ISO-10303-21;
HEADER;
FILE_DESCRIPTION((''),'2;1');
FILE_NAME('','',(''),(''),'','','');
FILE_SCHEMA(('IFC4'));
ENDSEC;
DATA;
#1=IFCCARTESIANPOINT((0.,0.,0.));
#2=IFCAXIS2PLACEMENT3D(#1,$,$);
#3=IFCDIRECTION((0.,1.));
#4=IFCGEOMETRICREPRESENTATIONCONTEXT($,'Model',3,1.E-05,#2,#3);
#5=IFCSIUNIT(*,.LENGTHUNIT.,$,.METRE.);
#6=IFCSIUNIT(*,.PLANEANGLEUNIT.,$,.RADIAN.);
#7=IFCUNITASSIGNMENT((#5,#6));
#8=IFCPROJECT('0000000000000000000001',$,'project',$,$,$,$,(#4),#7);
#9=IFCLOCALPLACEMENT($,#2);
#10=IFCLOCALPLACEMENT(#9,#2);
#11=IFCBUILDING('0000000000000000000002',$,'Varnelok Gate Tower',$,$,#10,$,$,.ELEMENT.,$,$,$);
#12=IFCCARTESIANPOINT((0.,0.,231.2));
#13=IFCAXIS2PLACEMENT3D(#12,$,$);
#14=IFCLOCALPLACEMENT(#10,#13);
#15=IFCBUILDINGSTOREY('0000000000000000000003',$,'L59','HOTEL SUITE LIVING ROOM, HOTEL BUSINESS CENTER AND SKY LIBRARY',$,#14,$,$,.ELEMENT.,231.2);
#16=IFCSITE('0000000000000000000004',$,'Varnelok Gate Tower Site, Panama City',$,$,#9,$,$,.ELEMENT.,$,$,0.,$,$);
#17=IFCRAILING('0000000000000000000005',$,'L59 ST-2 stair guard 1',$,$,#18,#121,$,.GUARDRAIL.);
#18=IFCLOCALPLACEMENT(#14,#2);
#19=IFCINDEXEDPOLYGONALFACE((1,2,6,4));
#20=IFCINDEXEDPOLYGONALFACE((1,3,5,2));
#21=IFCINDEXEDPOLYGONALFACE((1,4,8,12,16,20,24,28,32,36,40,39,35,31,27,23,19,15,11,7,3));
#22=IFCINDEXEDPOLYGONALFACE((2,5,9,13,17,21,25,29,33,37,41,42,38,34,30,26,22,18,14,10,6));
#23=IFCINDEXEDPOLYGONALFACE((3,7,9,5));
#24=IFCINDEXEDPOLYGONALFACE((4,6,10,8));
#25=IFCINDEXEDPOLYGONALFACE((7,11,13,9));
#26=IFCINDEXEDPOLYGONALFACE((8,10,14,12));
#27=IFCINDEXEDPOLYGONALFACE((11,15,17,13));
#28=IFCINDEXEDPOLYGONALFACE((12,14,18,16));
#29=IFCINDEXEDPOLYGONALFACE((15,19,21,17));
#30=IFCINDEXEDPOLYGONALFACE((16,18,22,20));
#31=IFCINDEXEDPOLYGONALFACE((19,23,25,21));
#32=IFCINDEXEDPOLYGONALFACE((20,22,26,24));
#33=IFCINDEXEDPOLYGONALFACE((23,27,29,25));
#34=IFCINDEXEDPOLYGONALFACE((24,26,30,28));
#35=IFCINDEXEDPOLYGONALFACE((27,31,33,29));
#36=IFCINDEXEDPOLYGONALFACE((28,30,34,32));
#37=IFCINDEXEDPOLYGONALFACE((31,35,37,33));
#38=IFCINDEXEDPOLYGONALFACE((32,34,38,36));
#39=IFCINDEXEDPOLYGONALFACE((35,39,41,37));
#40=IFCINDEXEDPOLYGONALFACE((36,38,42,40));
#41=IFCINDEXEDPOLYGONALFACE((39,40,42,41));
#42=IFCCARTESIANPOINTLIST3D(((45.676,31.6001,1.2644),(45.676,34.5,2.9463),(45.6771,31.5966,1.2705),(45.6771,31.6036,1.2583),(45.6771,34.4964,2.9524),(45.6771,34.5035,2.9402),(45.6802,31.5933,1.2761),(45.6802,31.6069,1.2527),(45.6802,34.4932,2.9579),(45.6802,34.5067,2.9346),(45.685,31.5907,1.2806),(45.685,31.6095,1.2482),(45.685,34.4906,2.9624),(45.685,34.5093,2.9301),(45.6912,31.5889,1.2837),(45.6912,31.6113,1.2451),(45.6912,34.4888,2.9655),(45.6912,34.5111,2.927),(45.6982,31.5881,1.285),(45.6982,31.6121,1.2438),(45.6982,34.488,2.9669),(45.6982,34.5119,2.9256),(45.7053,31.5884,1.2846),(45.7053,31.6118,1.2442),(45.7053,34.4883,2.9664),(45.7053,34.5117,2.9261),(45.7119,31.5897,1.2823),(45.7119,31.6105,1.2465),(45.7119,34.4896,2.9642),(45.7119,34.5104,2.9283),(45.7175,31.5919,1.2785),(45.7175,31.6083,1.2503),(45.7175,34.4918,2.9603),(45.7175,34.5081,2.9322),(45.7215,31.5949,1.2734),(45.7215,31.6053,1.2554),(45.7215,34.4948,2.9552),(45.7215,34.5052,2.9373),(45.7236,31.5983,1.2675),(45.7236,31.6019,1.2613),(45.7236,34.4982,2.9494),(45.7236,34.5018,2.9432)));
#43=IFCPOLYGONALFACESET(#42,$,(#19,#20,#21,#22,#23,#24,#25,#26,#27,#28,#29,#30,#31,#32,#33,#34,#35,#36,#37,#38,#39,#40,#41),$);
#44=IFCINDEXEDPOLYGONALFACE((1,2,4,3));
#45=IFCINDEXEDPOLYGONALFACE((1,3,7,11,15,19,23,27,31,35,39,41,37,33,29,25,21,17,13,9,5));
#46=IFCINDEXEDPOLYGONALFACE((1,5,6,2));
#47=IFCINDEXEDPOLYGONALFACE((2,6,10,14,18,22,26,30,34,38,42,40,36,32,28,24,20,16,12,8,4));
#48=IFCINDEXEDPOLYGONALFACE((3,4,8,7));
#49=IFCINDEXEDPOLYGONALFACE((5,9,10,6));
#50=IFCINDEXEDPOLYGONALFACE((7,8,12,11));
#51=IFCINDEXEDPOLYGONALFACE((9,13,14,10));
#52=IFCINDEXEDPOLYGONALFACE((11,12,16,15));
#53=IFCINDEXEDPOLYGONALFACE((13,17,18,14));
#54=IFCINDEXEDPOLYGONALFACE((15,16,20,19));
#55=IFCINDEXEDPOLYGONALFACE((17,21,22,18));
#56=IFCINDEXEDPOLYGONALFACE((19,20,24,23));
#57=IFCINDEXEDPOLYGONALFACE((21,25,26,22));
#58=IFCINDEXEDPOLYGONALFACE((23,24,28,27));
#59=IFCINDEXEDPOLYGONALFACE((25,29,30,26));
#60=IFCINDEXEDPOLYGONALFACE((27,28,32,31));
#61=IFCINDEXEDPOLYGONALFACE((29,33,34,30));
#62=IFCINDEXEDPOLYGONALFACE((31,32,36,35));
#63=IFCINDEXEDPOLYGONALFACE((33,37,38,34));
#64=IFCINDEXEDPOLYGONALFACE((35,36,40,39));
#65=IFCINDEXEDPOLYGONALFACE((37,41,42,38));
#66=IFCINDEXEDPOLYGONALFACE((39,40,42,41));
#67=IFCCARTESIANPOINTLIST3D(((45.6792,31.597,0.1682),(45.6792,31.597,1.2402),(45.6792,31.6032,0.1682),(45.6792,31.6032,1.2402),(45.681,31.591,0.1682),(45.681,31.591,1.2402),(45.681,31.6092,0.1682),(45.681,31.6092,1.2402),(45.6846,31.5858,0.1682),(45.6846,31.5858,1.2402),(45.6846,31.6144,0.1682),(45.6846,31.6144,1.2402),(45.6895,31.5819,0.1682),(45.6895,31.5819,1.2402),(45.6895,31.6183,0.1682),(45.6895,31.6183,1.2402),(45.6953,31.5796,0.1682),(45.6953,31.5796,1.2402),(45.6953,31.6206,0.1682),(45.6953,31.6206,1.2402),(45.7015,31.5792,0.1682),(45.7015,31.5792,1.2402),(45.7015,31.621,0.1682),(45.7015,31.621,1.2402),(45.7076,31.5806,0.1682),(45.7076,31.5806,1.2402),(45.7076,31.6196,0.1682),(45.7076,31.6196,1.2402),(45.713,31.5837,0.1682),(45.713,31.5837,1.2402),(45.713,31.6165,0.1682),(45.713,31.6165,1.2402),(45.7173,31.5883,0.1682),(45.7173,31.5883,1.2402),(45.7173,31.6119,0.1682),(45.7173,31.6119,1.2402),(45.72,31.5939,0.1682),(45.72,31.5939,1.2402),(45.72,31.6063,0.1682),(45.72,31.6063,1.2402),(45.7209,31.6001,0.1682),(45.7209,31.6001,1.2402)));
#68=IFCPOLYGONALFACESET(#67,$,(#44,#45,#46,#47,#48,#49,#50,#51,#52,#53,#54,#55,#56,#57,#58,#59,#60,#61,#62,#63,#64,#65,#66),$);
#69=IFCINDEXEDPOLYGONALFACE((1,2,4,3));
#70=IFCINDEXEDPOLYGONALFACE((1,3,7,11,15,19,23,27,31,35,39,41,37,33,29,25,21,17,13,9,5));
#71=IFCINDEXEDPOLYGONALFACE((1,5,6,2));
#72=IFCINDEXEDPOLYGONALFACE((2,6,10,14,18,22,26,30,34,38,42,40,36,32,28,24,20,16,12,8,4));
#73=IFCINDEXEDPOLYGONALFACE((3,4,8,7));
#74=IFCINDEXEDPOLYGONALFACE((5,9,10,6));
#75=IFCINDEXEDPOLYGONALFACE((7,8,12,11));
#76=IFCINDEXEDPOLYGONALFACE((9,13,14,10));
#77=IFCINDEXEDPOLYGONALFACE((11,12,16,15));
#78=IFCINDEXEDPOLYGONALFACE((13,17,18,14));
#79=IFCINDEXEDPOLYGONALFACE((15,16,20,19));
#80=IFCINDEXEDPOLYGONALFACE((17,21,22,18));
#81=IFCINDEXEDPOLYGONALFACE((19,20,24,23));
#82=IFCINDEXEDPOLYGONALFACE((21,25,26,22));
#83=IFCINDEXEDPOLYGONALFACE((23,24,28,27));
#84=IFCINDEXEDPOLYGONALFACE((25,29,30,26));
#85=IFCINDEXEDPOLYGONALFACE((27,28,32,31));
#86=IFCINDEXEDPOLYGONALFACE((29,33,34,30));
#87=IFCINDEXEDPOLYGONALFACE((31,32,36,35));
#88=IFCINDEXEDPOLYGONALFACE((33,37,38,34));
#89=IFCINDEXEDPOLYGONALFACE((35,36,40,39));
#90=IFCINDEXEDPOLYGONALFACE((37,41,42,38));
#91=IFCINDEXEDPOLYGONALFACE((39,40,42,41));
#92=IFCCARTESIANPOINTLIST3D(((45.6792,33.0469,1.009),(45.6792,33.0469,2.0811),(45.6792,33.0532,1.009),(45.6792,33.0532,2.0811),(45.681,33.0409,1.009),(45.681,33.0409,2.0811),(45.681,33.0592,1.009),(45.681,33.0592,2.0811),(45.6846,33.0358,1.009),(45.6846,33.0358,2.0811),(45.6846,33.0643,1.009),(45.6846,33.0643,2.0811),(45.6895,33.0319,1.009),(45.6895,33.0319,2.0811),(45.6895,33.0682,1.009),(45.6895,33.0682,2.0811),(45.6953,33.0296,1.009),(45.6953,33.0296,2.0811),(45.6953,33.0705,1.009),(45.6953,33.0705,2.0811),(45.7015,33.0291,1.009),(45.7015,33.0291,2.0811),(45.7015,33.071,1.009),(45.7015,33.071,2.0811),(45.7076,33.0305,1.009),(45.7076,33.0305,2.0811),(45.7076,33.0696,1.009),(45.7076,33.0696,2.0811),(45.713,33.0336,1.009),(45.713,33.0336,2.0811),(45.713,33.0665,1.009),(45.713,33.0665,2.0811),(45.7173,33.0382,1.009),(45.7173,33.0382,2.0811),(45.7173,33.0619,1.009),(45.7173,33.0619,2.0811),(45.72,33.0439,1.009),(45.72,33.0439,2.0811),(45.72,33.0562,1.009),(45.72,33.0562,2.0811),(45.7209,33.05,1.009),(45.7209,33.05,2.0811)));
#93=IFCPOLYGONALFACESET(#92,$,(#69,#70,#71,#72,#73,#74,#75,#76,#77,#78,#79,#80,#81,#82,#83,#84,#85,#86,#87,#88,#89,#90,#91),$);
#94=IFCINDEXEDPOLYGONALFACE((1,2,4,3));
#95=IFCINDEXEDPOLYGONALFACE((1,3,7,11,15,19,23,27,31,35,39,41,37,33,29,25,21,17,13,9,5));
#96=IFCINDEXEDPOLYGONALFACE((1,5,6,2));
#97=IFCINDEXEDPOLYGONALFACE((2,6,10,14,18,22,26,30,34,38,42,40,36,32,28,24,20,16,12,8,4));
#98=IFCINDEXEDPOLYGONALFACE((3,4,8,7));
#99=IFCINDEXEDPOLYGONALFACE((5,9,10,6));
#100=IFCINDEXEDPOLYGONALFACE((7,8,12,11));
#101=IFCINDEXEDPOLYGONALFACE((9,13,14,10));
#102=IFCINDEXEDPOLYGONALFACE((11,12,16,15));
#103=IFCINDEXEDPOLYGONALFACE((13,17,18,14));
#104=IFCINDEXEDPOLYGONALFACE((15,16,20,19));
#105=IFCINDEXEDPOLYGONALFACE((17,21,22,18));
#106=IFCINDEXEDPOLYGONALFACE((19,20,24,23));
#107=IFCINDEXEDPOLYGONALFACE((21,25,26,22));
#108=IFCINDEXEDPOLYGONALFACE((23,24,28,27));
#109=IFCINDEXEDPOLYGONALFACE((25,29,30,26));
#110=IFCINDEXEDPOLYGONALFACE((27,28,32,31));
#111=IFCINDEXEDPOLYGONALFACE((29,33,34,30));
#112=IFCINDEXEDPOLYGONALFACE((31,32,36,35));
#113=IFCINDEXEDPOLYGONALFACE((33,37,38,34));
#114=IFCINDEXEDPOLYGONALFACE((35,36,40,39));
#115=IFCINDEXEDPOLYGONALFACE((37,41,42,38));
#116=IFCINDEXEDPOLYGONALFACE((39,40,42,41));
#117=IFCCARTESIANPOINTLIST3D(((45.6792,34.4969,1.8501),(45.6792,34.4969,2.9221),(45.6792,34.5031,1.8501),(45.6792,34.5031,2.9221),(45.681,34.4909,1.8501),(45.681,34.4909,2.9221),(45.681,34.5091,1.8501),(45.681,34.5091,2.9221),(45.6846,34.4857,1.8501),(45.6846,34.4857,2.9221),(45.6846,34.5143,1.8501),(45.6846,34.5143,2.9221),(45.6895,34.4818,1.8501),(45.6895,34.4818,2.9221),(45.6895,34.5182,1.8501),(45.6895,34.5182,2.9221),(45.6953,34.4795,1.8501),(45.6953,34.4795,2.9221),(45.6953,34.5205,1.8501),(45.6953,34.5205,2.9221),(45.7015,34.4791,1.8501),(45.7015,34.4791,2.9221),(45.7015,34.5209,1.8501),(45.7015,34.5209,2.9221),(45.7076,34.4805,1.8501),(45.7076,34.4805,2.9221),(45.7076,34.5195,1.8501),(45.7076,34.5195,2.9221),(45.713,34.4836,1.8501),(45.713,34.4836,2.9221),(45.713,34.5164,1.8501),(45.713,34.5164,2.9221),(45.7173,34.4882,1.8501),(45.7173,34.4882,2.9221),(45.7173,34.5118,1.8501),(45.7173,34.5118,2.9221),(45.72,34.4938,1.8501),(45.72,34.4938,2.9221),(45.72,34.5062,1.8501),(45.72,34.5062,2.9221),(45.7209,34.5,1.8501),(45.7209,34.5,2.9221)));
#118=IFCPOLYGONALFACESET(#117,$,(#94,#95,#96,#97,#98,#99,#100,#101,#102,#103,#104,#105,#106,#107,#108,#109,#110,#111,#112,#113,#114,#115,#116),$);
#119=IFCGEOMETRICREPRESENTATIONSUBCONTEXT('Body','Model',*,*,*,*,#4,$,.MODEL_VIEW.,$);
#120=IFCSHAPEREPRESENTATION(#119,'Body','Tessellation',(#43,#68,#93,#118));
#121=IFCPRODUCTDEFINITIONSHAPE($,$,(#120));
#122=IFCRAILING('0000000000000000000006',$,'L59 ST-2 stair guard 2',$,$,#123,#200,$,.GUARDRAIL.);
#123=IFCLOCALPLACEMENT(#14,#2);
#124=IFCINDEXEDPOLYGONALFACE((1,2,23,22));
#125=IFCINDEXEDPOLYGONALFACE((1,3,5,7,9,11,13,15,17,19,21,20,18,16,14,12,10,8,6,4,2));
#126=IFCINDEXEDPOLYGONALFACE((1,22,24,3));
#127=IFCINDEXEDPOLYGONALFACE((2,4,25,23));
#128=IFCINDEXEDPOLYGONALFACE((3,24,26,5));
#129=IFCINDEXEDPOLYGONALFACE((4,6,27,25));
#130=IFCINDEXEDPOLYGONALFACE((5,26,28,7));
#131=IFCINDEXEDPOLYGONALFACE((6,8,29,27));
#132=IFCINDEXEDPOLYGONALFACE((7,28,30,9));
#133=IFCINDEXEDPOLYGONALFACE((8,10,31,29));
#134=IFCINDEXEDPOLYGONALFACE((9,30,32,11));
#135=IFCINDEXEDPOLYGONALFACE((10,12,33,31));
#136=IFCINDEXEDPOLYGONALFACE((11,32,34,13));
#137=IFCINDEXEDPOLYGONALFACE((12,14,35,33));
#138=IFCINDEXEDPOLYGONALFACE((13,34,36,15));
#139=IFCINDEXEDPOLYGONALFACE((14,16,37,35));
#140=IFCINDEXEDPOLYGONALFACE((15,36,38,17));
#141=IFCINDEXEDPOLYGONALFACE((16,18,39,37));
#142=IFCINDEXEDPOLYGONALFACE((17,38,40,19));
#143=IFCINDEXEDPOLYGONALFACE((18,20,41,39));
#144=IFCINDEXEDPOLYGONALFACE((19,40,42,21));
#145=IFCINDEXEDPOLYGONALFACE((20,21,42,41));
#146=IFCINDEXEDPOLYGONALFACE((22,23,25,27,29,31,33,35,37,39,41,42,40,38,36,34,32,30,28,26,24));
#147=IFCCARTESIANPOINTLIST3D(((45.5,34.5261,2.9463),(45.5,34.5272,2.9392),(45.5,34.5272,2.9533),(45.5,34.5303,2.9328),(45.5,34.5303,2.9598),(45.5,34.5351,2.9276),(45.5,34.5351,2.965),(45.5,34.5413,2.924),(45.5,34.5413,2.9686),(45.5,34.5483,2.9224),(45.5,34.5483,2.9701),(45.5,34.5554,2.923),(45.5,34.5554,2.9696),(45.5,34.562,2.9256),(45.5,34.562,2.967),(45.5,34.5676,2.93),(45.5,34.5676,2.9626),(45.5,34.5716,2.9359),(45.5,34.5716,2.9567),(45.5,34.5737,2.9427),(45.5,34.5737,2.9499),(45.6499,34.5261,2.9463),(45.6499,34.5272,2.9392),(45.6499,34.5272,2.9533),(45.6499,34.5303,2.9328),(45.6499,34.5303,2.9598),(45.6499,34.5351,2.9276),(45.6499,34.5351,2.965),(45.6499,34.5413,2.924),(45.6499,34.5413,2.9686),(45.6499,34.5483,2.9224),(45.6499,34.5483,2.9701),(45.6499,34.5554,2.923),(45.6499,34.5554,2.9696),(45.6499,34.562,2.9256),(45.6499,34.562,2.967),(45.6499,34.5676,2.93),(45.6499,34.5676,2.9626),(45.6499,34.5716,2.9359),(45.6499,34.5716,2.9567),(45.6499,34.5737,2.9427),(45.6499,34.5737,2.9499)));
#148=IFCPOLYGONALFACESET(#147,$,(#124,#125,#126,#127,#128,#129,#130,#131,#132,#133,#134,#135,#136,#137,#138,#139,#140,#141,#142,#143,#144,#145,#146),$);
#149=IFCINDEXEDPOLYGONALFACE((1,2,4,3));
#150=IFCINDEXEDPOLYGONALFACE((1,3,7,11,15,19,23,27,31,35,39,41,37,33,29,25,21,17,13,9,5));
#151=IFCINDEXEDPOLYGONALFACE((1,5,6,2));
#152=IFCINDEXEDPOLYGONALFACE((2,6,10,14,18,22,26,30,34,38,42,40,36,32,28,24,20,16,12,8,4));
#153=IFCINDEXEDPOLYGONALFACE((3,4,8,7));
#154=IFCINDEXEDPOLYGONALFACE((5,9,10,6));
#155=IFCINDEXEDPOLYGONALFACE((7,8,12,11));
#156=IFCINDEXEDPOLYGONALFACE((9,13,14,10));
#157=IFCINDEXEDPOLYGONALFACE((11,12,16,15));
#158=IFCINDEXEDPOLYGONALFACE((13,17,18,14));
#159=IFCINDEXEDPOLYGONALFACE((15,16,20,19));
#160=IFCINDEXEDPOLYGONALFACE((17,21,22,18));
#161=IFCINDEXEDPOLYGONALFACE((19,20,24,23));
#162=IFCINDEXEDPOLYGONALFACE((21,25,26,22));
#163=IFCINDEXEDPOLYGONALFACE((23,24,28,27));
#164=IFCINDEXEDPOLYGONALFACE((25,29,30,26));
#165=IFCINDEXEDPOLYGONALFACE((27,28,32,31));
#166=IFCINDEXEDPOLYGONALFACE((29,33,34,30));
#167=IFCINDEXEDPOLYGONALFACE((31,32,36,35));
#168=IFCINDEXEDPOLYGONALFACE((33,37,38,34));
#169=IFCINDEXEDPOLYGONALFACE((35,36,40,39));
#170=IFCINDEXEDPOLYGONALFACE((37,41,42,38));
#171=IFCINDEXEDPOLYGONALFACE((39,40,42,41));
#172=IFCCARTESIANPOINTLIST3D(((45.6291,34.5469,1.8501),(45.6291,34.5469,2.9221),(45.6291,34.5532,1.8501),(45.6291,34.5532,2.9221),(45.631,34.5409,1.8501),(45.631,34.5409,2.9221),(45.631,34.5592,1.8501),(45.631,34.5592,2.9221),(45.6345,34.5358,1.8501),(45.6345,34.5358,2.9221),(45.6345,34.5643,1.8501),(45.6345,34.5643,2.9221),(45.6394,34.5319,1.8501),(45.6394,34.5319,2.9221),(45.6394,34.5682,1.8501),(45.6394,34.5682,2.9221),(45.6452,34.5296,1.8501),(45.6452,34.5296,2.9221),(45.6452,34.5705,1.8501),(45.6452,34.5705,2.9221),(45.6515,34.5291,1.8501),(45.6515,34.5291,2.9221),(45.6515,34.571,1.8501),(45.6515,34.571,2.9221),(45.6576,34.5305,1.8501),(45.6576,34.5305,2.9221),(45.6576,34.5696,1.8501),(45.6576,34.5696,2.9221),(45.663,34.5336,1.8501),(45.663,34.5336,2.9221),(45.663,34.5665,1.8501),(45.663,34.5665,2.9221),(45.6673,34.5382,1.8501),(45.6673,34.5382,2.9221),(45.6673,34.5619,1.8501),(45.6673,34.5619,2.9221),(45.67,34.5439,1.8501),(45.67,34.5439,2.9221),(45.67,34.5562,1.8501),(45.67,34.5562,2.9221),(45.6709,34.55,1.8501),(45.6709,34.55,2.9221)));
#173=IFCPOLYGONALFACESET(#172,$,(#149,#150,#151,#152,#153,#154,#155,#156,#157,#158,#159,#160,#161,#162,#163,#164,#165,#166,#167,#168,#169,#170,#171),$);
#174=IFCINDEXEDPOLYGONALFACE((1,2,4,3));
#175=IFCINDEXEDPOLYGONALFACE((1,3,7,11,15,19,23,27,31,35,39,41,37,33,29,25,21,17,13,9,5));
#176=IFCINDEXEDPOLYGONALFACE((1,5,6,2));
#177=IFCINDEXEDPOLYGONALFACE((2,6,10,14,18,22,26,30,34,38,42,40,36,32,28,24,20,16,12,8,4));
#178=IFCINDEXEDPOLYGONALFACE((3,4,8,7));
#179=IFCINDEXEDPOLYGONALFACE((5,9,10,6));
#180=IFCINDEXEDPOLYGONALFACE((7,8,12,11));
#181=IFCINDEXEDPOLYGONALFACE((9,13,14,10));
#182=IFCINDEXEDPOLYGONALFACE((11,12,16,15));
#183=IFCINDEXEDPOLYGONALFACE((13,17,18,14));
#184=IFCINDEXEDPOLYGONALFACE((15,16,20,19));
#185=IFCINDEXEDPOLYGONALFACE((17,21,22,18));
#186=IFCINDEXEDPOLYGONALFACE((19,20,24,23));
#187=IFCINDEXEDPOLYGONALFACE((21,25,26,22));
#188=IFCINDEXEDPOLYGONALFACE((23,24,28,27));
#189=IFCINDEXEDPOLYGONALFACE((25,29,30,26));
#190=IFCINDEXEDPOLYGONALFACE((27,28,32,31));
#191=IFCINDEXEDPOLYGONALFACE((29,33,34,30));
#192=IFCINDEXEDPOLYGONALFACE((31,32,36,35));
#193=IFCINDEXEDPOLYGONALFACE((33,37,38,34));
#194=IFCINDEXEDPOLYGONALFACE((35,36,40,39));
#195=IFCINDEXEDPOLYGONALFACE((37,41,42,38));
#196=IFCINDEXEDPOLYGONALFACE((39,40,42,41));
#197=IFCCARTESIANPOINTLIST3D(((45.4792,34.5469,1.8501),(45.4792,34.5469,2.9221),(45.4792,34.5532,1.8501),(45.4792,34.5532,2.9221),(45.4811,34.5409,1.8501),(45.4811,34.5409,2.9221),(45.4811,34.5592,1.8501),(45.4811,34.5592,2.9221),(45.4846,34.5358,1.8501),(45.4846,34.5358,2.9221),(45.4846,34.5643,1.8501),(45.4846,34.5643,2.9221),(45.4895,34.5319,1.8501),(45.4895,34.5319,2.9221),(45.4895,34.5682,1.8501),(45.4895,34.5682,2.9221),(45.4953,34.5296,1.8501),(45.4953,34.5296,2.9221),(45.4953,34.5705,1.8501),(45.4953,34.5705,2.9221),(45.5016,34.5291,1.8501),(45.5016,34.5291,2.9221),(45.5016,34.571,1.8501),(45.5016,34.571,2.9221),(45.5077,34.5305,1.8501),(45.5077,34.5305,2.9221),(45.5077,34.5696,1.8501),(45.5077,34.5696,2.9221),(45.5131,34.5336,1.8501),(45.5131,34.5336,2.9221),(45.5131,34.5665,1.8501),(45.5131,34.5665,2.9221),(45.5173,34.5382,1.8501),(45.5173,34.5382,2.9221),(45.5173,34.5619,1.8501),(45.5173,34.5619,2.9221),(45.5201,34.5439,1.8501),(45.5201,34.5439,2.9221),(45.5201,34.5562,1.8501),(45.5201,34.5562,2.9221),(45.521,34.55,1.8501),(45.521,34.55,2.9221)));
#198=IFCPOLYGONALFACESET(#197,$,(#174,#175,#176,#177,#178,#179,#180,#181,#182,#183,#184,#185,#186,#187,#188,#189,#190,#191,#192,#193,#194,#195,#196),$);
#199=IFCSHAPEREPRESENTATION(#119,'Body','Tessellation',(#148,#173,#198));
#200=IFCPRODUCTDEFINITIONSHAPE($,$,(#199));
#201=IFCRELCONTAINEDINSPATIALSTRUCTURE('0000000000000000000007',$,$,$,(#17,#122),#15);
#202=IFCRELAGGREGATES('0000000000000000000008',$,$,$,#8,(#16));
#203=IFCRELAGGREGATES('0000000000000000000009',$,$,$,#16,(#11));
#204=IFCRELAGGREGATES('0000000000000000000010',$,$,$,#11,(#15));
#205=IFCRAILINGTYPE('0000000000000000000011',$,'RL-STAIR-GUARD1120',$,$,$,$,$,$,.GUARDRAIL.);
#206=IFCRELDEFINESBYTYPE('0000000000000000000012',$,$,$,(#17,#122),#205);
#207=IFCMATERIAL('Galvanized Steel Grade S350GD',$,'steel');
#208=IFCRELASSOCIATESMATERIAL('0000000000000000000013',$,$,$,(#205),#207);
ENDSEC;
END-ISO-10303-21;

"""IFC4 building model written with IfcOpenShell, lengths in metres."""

from ifc_helpers import new_model, si_unit, direction, frame, origin, origin_2d, place, context, subcontext, project, spatial, circle, extrude, material, type_object, element, save


model = new_model("IFC4")

# Units and contexts
model_context = context("Model", 3, precision=1e-05, world=origin(), true_north=direction((0.0, 1.0)))
body_context = subcontext(model_context, "Body", "Model", "MODEL_VIEW")
ifc_project = project(units=[si_unit("LENGTHUNIT", "METRE"), si_unit("PLANEANGLEUNIT", "RADIAN")], contexts=[model_context])

# Site, building, storey
site_placement = place(None, origin())
site = spatial("IfcSite", under=ifc_project, at=site_placement, Name="Varnelok Gate Tower Site, Panama City", CompositionType="ELEMENT", RefElevation=0.0)
building_placement = place(site_placement, origin())
building = spatial("IfcBuilding", under=site, at=building_placement, Name="Varnelok Gate Tower", CompositionType="ELEMENT")
storey_placement = place(building_placement, frame((0.0, 0.0, 231.2)))
storey = spatial("IfcBuildingStorey", under=building, at=storey_placement, Name="L59", Description="HOTEL SUITE LIVING ROOM, HOTEL BUSINESS CENTER AND SKY LIBRARY", CompositionType="ELEMENT", Elevation=231.2)

# Shared definitions
ifc_material_1 = material(Name="Galvanized Steel Grade S350GD", Category="steel")

# Railings
railing_type_1 = type_object("IfcRailingType", Name="RL-STAIR-GUARD1120", PredefinedType="GUARDRAIL", material=ifc_material_1)
railing_1_placement = place(storey_placement, frame((45.7, 31.6001, 0.1682)))
element("IfcRailing", 1, at=railing_1_placement, inside=storey, type_object=railing_type_1, Name="L59 ST-2 stair guard 1", PredefinedType="GUARDRAIL", context=body_context, shape_type="SweptSolid", body=[
    extrude(circle(Radius=0.0239, at=origin_2d()), frame((0.0, 0.0, 1.0962), z_axis=(0.0, 0.865039, 0.501705), x_axis=(-1.0, 0.0, 0.0)), (0.0, 0.0, 1.0), 3.3523),
    extrude(circle(Radius=0.021, at=origin_2d()), origin(), (0.0, 0.0, 1.0), 1.072),
    extrude(circle(Radius=0.021, at=origin_2d()), frame((0.0, 1.45, 0.8408)), (0.0, 0.0, 1.0), 1.072),
    extrude(circle(Radius=0.021, at=origin_2d()), frame((0.0, 2.8999, 1.6819)), (0.0, 0.0, 1.0), 1.072),
])
railing_2_placement = place(storey_placement, frame((45.6499, 34.55, 1.8501)))
element("IfcRailing", 2, at=railing_2_placement, inside=storey, type_object=railing_type_1, Name="L59 ST-2 stair guard 2", PredefinedType="GUARDRAIL", context=body_context, shape_type="SweptSolid", body=[
    extrude(circle(Radius=0.0239, at=origin_2d()), frame((0.0, 0.0, 1.0962), z_axis=(-1.0, 0.0, 0.0), x_axis=(0.0, -1.0, 0.0)), (0.0, 0.0, 1.0), 0.1499),
    extrude(circle(Radius=0.021, at=origin_2d()), origin(), (0.0, 0.0, 1.0), 1.072),
    extrude(circle(Radius=0.021, at=origin_2d()), frame((-0.1499, 0.0, 0.0)), (0.0, 0.0, 1.0), 1.072),
])

save(model, "model.ifc")
